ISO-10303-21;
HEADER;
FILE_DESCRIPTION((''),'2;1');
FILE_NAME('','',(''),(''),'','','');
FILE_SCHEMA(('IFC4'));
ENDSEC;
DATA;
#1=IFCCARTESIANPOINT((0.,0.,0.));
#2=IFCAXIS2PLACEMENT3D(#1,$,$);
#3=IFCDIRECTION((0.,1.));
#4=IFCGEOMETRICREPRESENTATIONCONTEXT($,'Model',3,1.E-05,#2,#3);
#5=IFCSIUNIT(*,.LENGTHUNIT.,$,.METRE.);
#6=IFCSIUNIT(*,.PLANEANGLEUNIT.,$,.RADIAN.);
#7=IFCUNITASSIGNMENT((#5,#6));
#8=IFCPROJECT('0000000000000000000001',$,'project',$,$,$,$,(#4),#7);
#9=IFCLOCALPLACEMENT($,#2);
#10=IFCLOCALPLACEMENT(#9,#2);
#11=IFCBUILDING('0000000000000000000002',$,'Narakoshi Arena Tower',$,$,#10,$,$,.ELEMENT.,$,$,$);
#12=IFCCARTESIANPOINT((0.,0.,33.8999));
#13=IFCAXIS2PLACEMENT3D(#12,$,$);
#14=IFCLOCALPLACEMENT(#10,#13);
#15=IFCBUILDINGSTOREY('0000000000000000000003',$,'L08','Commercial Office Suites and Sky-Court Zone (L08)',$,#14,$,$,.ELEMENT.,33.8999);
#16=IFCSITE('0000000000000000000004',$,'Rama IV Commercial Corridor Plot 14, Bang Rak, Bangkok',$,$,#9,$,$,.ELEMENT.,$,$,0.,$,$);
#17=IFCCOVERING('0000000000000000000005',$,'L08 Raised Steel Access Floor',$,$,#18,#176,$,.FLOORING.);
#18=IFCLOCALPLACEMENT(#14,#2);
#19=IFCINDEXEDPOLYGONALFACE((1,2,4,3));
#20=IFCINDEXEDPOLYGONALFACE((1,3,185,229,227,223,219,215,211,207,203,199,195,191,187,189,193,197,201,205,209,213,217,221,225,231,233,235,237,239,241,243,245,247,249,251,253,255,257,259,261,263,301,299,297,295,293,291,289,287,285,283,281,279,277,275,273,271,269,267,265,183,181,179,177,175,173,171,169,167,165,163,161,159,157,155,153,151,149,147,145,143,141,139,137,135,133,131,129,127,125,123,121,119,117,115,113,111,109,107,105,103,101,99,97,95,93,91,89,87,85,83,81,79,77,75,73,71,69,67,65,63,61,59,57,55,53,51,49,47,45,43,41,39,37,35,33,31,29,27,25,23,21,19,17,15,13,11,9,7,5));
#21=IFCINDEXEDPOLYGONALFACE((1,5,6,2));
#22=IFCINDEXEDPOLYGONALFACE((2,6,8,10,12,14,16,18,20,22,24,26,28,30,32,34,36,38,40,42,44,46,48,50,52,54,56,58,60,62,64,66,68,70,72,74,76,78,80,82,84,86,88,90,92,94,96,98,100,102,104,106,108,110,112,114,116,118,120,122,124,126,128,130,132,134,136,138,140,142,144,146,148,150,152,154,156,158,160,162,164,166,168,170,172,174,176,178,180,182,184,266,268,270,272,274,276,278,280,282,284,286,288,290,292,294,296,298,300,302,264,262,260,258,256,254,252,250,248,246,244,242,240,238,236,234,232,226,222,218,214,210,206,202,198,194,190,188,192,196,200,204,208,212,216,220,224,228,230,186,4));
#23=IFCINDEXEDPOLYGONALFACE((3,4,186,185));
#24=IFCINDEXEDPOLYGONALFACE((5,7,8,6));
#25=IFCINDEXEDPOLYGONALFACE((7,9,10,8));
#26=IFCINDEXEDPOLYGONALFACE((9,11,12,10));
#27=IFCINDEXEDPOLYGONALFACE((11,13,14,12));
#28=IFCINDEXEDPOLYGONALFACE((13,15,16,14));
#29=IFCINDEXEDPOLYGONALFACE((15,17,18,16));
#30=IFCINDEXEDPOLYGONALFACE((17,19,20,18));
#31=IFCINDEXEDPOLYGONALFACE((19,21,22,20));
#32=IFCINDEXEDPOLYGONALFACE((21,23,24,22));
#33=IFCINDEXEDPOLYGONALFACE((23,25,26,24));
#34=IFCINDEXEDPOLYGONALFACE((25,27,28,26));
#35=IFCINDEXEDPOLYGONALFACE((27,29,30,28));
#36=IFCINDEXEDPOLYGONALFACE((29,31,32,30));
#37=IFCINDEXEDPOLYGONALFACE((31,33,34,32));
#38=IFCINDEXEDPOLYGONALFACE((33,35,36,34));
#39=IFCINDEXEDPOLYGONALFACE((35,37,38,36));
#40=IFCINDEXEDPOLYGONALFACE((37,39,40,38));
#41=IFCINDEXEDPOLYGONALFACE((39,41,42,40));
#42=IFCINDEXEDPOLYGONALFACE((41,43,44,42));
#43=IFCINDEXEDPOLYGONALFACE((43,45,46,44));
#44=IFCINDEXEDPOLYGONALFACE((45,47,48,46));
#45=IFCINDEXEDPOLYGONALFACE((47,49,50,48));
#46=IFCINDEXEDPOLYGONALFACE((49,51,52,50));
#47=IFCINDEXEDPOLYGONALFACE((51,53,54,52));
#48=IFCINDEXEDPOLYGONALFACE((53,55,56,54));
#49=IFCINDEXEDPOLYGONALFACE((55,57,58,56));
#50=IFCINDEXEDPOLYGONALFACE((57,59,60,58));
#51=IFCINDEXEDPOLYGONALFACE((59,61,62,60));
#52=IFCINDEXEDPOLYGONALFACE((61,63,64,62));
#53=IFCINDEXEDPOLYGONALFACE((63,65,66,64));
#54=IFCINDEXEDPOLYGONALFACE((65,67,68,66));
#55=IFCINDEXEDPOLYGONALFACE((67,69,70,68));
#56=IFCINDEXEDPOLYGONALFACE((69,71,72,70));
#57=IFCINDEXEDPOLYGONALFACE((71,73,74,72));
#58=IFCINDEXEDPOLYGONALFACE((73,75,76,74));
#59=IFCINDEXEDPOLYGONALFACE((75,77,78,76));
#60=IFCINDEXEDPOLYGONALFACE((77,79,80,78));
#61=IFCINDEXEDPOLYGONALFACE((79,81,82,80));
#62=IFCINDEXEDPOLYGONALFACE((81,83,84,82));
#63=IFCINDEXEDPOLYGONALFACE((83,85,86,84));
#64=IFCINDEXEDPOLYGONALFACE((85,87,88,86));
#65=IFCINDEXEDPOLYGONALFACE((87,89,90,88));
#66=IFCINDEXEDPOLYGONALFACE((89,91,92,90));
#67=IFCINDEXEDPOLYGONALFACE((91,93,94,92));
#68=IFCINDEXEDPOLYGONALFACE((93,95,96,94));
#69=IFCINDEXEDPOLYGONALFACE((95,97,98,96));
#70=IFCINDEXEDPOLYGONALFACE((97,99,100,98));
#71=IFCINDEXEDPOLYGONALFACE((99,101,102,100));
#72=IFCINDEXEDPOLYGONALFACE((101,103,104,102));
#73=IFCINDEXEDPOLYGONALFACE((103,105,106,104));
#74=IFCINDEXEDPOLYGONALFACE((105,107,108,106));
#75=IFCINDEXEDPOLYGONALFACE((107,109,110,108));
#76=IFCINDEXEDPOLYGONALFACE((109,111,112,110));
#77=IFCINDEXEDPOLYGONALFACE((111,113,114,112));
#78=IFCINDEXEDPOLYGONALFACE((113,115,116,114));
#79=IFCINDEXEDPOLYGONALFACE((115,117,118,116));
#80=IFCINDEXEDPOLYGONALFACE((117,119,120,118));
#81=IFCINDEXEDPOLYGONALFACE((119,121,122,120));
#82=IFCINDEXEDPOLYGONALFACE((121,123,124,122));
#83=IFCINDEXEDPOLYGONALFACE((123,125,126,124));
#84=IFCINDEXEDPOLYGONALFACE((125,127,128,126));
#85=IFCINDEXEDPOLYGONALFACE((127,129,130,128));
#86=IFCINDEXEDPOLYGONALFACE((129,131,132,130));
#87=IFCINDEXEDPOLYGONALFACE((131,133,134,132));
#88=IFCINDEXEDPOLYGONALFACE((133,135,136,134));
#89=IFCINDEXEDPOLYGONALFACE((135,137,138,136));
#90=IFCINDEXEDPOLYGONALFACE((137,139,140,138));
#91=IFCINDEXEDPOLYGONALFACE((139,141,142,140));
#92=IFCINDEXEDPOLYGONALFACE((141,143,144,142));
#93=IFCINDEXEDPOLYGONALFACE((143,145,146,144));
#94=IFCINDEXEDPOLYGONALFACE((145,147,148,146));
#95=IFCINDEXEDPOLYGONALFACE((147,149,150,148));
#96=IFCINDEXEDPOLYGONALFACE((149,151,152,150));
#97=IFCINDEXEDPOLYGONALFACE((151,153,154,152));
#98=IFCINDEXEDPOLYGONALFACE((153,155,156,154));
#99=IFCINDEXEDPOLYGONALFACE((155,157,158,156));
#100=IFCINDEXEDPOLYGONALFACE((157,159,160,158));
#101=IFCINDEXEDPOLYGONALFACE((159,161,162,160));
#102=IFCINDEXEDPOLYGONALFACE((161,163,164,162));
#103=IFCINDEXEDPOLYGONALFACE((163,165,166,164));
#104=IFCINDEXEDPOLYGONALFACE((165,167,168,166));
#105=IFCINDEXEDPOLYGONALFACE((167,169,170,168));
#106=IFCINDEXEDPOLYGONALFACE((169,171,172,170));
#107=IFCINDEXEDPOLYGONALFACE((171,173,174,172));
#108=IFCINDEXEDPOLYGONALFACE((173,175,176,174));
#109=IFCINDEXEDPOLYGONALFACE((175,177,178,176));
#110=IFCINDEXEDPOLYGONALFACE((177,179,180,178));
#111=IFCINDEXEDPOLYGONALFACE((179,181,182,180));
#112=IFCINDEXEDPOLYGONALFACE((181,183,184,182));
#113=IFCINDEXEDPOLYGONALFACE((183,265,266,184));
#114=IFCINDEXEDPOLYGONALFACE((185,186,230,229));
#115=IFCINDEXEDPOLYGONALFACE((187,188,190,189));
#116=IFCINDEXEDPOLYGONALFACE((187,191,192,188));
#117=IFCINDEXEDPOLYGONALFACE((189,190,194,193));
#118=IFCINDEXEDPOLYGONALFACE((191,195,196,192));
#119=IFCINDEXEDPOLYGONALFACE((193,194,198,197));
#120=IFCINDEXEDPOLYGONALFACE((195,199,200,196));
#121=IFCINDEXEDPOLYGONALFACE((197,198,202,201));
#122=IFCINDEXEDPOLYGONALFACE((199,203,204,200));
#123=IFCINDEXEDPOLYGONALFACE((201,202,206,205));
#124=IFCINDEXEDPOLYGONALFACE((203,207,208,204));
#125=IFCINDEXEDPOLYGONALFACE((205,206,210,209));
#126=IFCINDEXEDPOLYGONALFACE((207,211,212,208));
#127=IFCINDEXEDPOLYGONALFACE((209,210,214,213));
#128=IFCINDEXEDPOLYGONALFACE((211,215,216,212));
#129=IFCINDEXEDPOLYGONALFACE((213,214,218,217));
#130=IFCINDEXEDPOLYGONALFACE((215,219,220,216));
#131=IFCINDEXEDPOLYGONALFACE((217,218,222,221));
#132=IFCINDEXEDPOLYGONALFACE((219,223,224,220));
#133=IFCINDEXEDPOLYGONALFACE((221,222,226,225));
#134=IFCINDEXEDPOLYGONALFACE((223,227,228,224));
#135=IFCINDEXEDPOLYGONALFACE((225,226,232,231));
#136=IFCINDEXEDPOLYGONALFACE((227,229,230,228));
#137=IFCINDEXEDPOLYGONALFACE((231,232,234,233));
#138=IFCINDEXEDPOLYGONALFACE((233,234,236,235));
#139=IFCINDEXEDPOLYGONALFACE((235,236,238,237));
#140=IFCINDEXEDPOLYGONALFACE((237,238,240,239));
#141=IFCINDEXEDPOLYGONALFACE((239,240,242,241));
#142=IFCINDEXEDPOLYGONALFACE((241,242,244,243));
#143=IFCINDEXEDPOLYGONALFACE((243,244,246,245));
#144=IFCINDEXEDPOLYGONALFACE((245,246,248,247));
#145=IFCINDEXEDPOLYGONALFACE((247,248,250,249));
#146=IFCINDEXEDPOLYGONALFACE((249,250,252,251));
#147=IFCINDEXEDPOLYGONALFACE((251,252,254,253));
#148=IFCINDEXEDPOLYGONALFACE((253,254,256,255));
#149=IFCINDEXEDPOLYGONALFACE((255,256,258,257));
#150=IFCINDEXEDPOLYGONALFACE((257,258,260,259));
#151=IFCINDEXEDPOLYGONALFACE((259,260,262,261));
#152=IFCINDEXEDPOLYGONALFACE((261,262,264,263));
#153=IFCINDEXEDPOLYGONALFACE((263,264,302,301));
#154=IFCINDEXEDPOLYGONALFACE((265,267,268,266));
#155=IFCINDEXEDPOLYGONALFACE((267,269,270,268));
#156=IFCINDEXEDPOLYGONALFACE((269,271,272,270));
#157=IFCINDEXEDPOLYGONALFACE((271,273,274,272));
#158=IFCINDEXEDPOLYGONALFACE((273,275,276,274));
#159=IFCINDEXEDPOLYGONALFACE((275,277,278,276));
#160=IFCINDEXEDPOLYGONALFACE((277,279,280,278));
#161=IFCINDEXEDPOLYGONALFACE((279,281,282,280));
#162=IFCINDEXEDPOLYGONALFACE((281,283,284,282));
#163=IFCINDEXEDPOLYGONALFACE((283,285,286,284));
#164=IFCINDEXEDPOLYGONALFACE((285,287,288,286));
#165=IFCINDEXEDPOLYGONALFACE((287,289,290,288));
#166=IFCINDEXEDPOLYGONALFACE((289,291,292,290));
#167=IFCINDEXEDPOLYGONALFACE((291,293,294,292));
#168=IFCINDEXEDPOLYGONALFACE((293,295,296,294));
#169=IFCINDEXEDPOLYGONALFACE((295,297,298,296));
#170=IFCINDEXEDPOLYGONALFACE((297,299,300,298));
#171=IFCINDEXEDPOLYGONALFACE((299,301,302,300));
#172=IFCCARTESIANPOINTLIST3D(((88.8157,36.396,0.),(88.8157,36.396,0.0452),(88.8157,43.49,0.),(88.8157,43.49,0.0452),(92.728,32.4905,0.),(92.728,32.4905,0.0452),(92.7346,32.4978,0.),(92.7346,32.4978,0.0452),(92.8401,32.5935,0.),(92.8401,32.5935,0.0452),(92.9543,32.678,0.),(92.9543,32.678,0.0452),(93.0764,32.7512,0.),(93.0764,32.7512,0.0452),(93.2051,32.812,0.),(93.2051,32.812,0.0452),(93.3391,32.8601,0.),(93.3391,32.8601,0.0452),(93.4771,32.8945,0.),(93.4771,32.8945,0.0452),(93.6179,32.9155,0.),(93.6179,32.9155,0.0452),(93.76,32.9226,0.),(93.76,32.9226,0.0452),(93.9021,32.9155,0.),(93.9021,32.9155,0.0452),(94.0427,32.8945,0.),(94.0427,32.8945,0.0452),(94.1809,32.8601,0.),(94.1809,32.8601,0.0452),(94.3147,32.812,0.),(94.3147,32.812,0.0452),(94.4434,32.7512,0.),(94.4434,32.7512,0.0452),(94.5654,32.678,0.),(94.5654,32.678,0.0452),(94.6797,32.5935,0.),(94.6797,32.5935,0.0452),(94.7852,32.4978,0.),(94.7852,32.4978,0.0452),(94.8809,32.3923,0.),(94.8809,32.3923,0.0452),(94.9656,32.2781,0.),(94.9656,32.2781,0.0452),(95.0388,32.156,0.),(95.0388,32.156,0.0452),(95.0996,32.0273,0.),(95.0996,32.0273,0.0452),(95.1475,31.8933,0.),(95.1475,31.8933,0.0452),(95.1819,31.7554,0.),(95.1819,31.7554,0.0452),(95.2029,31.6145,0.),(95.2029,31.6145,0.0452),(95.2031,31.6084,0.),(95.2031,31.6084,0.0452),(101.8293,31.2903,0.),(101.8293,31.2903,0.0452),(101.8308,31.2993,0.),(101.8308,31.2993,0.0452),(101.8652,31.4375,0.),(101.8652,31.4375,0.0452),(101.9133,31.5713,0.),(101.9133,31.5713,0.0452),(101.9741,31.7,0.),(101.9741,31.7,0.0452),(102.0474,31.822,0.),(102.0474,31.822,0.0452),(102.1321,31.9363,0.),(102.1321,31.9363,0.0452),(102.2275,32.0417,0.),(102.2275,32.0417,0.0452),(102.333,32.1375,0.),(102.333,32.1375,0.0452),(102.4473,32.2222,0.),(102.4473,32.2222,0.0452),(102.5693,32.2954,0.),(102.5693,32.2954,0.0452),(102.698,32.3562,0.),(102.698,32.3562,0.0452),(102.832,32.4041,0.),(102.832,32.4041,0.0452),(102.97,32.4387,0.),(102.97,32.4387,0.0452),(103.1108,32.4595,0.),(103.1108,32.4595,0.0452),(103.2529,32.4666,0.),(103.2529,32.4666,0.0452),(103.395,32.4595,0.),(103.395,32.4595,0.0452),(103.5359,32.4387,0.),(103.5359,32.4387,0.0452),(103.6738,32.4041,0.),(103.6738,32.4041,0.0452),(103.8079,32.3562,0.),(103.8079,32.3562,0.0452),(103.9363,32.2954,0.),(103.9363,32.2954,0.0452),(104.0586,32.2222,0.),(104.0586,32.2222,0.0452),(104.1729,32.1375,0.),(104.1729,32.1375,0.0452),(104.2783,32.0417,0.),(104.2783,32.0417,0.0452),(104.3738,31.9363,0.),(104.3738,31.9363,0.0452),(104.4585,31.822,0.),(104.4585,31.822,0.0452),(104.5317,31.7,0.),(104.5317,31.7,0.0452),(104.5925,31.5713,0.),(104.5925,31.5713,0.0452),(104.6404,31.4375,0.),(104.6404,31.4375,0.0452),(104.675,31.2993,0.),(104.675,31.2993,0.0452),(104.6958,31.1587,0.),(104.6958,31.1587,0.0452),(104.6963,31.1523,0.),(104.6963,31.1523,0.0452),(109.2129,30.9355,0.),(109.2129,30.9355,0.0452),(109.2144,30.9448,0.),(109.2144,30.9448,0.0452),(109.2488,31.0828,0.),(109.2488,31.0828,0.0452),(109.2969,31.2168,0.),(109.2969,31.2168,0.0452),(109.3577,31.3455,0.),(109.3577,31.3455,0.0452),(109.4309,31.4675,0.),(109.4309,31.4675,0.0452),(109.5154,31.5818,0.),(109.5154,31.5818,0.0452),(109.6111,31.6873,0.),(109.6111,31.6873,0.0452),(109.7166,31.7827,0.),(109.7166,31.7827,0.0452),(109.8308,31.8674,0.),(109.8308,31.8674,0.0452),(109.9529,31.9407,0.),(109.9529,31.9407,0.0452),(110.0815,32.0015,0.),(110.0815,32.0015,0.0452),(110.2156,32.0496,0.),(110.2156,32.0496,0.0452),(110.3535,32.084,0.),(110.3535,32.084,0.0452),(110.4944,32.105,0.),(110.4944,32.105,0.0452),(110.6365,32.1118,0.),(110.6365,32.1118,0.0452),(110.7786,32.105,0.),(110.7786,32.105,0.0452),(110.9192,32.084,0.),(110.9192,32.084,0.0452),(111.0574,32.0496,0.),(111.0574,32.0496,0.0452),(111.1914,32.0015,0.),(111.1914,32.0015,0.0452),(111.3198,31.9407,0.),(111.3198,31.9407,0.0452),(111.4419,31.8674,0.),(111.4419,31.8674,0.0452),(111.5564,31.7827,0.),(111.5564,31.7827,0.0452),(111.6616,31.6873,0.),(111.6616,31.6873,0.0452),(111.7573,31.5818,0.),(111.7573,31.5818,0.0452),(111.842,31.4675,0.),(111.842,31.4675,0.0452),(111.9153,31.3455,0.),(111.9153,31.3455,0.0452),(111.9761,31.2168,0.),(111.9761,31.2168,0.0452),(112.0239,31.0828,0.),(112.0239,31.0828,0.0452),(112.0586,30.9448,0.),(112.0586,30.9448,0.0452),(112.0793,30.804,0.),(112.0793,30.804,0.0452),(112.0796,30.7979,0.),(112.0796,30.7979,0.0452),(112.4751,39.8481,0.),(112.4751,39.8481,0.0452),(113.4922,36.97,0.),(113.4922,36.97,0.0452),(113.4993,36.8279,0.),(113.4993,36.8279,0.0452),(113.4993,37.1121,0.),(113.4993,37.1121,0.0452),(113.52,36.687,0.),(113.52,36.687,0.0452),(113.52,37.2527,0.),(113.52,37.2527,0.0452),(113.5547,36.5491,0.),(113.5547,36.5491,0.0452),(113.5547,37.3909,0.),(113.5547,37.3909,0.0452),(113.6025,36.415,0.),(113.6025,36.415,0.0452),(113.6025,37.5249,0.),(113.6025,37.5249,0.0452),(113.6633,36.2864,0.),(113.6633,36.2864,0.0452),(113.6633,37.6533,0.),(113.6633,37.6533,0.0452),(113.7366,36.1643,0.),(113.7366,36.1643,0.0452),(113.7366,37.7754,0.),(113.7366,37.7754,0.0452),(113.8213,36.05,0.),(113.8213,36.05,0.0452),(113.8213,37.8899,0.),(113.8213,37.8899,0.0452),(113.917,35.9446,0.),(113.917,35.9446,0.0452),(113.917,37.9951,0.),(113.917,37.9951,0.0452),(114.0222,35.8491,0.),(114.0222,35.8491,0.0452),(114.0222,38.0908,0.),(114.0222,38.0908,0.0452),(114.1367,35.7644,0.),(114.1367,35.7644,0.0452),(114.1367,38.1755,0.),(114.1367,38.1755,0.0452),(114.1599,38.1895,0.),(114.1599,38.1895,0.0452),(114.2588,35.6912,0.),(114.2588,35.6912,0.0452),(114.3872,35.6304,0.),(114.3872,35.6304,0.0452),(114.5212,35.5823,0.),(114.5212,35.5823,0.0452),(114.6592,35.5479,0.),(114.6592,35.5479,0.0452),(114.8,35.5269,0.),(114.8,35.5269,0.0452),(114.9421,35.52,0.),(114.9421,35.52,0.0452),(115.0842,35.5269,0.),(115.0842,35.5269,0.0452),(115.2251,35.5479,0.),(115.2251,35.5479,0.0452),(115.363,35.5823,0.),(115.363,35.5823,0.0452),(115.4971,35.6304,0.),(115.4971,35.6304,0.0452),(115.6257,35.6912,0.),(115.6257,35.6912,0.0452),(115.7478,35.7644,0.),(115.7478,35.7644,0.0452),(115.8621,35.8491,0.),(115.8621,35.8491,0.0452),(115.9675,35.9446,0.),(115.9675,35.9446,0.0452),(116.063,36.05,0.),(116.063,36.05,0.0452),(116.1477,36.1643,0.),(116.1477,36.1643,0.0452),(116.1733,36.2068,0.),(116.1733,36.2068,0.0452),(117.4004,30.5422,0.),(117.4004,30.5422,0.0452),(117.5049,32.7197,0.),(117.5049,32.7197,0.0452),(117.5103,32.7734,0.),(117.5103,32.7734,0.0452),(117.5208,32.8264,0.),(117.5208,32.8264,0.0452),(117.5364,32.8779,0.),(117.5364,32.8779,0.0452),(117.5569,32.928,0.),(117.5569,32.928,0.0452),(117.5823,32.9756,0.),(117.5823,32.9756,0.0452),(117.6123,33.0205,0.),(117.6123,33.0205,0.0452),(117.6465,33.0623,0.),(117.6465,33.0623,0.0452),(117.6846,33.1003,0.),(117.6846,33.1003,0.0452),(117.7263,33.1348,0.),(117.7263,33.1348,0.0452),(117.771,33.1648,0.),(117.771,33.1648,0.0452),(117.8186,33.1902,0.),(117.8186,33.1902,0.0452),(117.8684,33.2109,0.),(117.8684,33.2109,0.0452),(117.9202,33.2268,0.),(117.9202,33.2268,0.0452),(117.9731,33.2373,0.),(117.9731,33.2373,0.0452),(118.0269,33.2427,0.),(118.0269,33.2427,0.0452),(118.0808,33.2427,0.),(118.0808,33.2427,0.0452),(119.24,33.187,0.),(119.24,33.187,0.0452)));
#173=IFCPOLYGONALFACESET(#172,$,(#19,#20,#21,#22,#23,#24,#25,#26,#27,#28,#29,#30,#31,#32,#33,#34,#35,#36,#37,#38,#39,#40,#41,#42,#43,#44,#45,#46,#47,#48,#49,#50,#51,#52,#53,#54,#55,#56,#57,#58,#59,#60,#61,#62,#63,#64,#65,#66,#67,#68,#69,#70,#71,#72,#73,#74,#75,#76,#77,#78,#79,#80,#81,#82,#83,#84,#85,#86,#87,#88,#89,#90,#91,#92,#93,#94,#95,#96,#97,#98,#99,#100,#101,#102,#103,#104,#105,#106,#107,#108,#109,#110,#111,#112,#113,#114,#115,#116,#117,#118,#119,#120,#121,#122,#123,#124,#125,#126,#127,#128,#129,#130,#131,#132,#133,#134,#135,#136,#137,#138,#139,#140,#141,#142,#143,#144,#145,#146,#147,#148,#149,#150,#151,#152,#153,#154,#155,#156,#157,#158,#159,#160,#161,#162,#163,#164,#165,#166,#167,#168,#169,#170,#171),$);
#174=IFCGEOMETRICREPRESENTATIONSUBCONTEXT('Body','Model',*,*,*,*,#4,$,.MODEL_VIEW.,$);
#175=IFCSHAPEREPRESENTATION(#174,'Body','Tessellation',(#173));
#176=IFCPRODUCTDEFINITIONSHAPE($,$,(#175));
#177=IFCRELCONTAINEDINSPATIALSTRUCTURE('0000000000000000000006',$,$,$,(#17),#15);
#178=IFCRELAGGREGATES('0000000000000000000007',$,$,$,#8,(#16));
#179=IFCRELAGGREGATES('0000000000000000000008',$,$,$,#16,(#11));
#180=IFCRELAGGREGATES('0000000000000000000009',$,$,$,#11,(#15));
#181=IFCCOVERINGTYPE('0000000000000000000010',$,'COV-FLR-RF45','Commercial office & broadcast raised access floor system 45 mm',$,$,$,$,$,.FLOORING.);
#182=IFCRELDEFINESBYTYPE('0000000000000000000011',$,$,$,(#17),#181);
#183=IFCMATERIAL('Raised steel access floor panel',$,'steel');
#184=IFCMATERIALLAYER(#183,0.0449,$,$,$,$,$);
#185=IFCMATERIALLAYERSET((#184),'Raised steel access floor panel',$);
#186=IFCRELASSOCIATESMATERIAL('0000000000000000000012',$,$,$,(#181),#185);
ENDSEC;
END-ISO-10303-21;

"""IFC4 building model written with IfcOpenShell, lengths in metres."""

from ifc_helpers import new_model, si_unit, direction, frame, origin, place, context, subcontext, project, spatial, polyline, outline, extrude, material, layer, layer_set, type_object, element, save


model = new_model("IFC4")

# Units and contexts
model_context = context("Model", 3, precision=1e-05, world=origin(), true_north=direction((0.0, 1.0)))
body_context = subcontext(model_context, "Body", "Model", "MODEL_VIEW")
ifc_project = project(units=[si_unit("LENGTHUNIT", "METRE"), si_unit("PLANEANGLEUNIT", "RADIAN")], contexts=[model_context])

# Site, building, storey
site_placement = place(None, origin())
site = spatial("IfcSite", under=ifc_project, at=site_placement, Name="Rama IV Commercial Corridor Plot 14, Bang Rak, Bangkok", CompositionType="ELEMENT", RefElevation=0.0)
building_placement = place(site_placement, origin())
building = spatial("IfcBuilding", under=site, at=building_placement, Name="Narakoshi Arena Tower", CompositionType="ELEMENT")
storey_placement = place(building_placement, frame((0.0, 0.0, 33.8999)))
storey = spatial("IfcBuildingStorey", under=building, at=storey_placement, Name="L08", Description="Commercial Office Suites and Sky-Court Zone (L08)", CompositionType="ELEMENT", Elevation=33.8999)

# Covering
ifc_material_1 = material(Name="Raised steel access floor panel", Category="steel")
ifc_layer_1 = layer(ifc_material_1, 0.0449)
ifc_layer_set_1 = layer_set([ifc_layer_1], Name="Raised steel access floor panel")
covering_type_1 = type_object("IfcCoveringType", Name="COV-FLR-RF45", Description="Commercial office & broadcast raised access floor system 45 mm", PredefinedType="FLOORING", material=ifc_layer_set_1)
covering_1_placement = place(storey_placement, origin())
element("IfcCovering", 1, at=covering_1_placement, inside=storey, type_object=covering_type_1, Name="L08 Raised Steel Access Floor", PredefinedType="FLOORING", context=body_context, shape_type="SweptSolid", body=[
    extrude(outline(polyline([(118.0808, 33.2427), (118.0269, 33.2427), (117.9731, 33.2373), (117.9202, 33.2268), (117.8684, 33.2109), (117.8186, 33.1902), (117.771, 33.1648), (117.7263, 33.1348), (117.6846, 33.1003), (117.6465, 33.0623), (117.6123, 33.0205), (117.5823, 32.9756), (117.5569, 32.928), (117.5364, 32.8779), (117.5208, 32.8264), (117.5103, 32.7734), (117.5049, 32.7197), (117.4004, 30.5422), (112.0796, 30.7979), (112.0793, 30.804), (112.0586, 30.9448), (112.0239, 31.0828), (111.9761, 31.2168), (111.9153, 31.3455), (111.842, 31.4675), (111.7573, 31.5818), (111.6616, 31.6873), (111.5564, 31.7827), (111.4419, 31.8674), (111.3198, 31.9407), (111.1914, 32.0015), (111.0574, 32.0496), (110.9192, 32.084), (110.7786, 32.105), (110.6365, 32.1118), (110.4944, 32.105), (110.3535, 32.084), (110.2156, 32.0496), (110.0815, 32.0015), (109.9529, 31.9407), (109.8308, 31.8674), (109.7166, 31.7827), (109.6111, 31.6873), (109.5154, 31.5818), (109.4309, 31.4675), (109.3577, 31.3455), (109.2969, 31.2168), (109.2488, 31.0828), (109.2144, 30.9448), (109.2129, 30.9355), (104.6963, 31.1523), (104.6958, 31.1587), (104.675, 31.2993), (104.6404, 31.4375), (104.5925, 31.5713), (104.5317, 31.7), (104.4585, 31.822), (104.3738, 31.9363), (104.2783, 32.0417), (104.1729, 32.1375), (104.0586, 32.2222), (103.9363, 32.2954), (103.8079, 32.3562), (103.6738, 32.4041), (103.5359, 32.4387), (103.395, 32.4595), (103.2529, 32.4666), (103.1108, 32.4595), (102.97, 32.4387), (102.832, 32.4041), (102.698, 32.3562), (102.5693, 32.2954), (102.4473, 32.2222), (102.333, 32.1375), (102.2275, 32.0417), (102.1321, 31.9363), (102.0474, 31.822), (101.9741, 31.7), (101.9133, 31.5713), (101.8652, 31.4375), (101.8308, 31.2993), (101.8293, 31.2903), (95.2031, 31.6084), (95.2029, 31.6145), (95.1819, 31.7554), (95.1475, 31.8933), (95.0996, 32.0273), (95.0388, 32.156), (94.9656, 32.2781), (94.8809, 32.3923), (94.7852, 32.4978), (94.6797, 32.5935), (94.5654, 32.678), (94.4434, 32.7512), (94.3147, 32.812), (94.1809, 32.8601), (94.0427, 32.8945), (93.9021, 32.9155), (93.76, 32.9226), (93.6179, 32.9155), (93.4771, 32.8945), (93.3391, 32.8601), (93.2051, 32.812), (93.0764, 32.7512), (92.9543, 32.678), (92.8401, 32.5935), (92.7346, 32.4978), (92.728, 32.4905), (88.8157, 36.396), (88.8157, 43.49), (112.4751, 39.8481), (114.1599, 38.1895), (114.1367, 38.1755), (114.0222, 38.0908), (113.917, 37.9951), (113.8213, 37.8899), (113.7366, 37.7754), (113.6633, 37.6533), (113.6025, 37.5249), (113.5547, 37.3909), (113.52, 37.2527), (113.4993, 37.1121), (113.4922, 36.97), (113.4993, 36.8279), (113.52, 36.687), (113.5547, 36.5491), (113.6025, 36.415), (113.6633, 36.2864), (113.7366, 36.1643), (113.8213, 36.05), (113.917, 35.9446), (114.0222, 35.8491), (114.1367, 35.7644), (114.2588, 35.6912), (114.3872, 35.6304), (114.5212, 35.5823), (114.6592, 35.5479), (114.8, 35.5269), (114.9421, 35.52), (115.0842, 35.5269), (115.2251, 35.5479), (115.363, 35.5823), (115.4971, 35.6304), (115.6257, 35.6912), (115.7478, 35.7644), (115.8621, 35.8491), (115.9675, 35.9446), (116.063, 36.05), (116.1477, 36.1643), (116.1733, 36.2068), (119.24, 33.187), (118.0808, 33.2427)])), origin(), (0.0, 0.0, 1.0), 0.0452),
])

save(model, "model.ifc")
